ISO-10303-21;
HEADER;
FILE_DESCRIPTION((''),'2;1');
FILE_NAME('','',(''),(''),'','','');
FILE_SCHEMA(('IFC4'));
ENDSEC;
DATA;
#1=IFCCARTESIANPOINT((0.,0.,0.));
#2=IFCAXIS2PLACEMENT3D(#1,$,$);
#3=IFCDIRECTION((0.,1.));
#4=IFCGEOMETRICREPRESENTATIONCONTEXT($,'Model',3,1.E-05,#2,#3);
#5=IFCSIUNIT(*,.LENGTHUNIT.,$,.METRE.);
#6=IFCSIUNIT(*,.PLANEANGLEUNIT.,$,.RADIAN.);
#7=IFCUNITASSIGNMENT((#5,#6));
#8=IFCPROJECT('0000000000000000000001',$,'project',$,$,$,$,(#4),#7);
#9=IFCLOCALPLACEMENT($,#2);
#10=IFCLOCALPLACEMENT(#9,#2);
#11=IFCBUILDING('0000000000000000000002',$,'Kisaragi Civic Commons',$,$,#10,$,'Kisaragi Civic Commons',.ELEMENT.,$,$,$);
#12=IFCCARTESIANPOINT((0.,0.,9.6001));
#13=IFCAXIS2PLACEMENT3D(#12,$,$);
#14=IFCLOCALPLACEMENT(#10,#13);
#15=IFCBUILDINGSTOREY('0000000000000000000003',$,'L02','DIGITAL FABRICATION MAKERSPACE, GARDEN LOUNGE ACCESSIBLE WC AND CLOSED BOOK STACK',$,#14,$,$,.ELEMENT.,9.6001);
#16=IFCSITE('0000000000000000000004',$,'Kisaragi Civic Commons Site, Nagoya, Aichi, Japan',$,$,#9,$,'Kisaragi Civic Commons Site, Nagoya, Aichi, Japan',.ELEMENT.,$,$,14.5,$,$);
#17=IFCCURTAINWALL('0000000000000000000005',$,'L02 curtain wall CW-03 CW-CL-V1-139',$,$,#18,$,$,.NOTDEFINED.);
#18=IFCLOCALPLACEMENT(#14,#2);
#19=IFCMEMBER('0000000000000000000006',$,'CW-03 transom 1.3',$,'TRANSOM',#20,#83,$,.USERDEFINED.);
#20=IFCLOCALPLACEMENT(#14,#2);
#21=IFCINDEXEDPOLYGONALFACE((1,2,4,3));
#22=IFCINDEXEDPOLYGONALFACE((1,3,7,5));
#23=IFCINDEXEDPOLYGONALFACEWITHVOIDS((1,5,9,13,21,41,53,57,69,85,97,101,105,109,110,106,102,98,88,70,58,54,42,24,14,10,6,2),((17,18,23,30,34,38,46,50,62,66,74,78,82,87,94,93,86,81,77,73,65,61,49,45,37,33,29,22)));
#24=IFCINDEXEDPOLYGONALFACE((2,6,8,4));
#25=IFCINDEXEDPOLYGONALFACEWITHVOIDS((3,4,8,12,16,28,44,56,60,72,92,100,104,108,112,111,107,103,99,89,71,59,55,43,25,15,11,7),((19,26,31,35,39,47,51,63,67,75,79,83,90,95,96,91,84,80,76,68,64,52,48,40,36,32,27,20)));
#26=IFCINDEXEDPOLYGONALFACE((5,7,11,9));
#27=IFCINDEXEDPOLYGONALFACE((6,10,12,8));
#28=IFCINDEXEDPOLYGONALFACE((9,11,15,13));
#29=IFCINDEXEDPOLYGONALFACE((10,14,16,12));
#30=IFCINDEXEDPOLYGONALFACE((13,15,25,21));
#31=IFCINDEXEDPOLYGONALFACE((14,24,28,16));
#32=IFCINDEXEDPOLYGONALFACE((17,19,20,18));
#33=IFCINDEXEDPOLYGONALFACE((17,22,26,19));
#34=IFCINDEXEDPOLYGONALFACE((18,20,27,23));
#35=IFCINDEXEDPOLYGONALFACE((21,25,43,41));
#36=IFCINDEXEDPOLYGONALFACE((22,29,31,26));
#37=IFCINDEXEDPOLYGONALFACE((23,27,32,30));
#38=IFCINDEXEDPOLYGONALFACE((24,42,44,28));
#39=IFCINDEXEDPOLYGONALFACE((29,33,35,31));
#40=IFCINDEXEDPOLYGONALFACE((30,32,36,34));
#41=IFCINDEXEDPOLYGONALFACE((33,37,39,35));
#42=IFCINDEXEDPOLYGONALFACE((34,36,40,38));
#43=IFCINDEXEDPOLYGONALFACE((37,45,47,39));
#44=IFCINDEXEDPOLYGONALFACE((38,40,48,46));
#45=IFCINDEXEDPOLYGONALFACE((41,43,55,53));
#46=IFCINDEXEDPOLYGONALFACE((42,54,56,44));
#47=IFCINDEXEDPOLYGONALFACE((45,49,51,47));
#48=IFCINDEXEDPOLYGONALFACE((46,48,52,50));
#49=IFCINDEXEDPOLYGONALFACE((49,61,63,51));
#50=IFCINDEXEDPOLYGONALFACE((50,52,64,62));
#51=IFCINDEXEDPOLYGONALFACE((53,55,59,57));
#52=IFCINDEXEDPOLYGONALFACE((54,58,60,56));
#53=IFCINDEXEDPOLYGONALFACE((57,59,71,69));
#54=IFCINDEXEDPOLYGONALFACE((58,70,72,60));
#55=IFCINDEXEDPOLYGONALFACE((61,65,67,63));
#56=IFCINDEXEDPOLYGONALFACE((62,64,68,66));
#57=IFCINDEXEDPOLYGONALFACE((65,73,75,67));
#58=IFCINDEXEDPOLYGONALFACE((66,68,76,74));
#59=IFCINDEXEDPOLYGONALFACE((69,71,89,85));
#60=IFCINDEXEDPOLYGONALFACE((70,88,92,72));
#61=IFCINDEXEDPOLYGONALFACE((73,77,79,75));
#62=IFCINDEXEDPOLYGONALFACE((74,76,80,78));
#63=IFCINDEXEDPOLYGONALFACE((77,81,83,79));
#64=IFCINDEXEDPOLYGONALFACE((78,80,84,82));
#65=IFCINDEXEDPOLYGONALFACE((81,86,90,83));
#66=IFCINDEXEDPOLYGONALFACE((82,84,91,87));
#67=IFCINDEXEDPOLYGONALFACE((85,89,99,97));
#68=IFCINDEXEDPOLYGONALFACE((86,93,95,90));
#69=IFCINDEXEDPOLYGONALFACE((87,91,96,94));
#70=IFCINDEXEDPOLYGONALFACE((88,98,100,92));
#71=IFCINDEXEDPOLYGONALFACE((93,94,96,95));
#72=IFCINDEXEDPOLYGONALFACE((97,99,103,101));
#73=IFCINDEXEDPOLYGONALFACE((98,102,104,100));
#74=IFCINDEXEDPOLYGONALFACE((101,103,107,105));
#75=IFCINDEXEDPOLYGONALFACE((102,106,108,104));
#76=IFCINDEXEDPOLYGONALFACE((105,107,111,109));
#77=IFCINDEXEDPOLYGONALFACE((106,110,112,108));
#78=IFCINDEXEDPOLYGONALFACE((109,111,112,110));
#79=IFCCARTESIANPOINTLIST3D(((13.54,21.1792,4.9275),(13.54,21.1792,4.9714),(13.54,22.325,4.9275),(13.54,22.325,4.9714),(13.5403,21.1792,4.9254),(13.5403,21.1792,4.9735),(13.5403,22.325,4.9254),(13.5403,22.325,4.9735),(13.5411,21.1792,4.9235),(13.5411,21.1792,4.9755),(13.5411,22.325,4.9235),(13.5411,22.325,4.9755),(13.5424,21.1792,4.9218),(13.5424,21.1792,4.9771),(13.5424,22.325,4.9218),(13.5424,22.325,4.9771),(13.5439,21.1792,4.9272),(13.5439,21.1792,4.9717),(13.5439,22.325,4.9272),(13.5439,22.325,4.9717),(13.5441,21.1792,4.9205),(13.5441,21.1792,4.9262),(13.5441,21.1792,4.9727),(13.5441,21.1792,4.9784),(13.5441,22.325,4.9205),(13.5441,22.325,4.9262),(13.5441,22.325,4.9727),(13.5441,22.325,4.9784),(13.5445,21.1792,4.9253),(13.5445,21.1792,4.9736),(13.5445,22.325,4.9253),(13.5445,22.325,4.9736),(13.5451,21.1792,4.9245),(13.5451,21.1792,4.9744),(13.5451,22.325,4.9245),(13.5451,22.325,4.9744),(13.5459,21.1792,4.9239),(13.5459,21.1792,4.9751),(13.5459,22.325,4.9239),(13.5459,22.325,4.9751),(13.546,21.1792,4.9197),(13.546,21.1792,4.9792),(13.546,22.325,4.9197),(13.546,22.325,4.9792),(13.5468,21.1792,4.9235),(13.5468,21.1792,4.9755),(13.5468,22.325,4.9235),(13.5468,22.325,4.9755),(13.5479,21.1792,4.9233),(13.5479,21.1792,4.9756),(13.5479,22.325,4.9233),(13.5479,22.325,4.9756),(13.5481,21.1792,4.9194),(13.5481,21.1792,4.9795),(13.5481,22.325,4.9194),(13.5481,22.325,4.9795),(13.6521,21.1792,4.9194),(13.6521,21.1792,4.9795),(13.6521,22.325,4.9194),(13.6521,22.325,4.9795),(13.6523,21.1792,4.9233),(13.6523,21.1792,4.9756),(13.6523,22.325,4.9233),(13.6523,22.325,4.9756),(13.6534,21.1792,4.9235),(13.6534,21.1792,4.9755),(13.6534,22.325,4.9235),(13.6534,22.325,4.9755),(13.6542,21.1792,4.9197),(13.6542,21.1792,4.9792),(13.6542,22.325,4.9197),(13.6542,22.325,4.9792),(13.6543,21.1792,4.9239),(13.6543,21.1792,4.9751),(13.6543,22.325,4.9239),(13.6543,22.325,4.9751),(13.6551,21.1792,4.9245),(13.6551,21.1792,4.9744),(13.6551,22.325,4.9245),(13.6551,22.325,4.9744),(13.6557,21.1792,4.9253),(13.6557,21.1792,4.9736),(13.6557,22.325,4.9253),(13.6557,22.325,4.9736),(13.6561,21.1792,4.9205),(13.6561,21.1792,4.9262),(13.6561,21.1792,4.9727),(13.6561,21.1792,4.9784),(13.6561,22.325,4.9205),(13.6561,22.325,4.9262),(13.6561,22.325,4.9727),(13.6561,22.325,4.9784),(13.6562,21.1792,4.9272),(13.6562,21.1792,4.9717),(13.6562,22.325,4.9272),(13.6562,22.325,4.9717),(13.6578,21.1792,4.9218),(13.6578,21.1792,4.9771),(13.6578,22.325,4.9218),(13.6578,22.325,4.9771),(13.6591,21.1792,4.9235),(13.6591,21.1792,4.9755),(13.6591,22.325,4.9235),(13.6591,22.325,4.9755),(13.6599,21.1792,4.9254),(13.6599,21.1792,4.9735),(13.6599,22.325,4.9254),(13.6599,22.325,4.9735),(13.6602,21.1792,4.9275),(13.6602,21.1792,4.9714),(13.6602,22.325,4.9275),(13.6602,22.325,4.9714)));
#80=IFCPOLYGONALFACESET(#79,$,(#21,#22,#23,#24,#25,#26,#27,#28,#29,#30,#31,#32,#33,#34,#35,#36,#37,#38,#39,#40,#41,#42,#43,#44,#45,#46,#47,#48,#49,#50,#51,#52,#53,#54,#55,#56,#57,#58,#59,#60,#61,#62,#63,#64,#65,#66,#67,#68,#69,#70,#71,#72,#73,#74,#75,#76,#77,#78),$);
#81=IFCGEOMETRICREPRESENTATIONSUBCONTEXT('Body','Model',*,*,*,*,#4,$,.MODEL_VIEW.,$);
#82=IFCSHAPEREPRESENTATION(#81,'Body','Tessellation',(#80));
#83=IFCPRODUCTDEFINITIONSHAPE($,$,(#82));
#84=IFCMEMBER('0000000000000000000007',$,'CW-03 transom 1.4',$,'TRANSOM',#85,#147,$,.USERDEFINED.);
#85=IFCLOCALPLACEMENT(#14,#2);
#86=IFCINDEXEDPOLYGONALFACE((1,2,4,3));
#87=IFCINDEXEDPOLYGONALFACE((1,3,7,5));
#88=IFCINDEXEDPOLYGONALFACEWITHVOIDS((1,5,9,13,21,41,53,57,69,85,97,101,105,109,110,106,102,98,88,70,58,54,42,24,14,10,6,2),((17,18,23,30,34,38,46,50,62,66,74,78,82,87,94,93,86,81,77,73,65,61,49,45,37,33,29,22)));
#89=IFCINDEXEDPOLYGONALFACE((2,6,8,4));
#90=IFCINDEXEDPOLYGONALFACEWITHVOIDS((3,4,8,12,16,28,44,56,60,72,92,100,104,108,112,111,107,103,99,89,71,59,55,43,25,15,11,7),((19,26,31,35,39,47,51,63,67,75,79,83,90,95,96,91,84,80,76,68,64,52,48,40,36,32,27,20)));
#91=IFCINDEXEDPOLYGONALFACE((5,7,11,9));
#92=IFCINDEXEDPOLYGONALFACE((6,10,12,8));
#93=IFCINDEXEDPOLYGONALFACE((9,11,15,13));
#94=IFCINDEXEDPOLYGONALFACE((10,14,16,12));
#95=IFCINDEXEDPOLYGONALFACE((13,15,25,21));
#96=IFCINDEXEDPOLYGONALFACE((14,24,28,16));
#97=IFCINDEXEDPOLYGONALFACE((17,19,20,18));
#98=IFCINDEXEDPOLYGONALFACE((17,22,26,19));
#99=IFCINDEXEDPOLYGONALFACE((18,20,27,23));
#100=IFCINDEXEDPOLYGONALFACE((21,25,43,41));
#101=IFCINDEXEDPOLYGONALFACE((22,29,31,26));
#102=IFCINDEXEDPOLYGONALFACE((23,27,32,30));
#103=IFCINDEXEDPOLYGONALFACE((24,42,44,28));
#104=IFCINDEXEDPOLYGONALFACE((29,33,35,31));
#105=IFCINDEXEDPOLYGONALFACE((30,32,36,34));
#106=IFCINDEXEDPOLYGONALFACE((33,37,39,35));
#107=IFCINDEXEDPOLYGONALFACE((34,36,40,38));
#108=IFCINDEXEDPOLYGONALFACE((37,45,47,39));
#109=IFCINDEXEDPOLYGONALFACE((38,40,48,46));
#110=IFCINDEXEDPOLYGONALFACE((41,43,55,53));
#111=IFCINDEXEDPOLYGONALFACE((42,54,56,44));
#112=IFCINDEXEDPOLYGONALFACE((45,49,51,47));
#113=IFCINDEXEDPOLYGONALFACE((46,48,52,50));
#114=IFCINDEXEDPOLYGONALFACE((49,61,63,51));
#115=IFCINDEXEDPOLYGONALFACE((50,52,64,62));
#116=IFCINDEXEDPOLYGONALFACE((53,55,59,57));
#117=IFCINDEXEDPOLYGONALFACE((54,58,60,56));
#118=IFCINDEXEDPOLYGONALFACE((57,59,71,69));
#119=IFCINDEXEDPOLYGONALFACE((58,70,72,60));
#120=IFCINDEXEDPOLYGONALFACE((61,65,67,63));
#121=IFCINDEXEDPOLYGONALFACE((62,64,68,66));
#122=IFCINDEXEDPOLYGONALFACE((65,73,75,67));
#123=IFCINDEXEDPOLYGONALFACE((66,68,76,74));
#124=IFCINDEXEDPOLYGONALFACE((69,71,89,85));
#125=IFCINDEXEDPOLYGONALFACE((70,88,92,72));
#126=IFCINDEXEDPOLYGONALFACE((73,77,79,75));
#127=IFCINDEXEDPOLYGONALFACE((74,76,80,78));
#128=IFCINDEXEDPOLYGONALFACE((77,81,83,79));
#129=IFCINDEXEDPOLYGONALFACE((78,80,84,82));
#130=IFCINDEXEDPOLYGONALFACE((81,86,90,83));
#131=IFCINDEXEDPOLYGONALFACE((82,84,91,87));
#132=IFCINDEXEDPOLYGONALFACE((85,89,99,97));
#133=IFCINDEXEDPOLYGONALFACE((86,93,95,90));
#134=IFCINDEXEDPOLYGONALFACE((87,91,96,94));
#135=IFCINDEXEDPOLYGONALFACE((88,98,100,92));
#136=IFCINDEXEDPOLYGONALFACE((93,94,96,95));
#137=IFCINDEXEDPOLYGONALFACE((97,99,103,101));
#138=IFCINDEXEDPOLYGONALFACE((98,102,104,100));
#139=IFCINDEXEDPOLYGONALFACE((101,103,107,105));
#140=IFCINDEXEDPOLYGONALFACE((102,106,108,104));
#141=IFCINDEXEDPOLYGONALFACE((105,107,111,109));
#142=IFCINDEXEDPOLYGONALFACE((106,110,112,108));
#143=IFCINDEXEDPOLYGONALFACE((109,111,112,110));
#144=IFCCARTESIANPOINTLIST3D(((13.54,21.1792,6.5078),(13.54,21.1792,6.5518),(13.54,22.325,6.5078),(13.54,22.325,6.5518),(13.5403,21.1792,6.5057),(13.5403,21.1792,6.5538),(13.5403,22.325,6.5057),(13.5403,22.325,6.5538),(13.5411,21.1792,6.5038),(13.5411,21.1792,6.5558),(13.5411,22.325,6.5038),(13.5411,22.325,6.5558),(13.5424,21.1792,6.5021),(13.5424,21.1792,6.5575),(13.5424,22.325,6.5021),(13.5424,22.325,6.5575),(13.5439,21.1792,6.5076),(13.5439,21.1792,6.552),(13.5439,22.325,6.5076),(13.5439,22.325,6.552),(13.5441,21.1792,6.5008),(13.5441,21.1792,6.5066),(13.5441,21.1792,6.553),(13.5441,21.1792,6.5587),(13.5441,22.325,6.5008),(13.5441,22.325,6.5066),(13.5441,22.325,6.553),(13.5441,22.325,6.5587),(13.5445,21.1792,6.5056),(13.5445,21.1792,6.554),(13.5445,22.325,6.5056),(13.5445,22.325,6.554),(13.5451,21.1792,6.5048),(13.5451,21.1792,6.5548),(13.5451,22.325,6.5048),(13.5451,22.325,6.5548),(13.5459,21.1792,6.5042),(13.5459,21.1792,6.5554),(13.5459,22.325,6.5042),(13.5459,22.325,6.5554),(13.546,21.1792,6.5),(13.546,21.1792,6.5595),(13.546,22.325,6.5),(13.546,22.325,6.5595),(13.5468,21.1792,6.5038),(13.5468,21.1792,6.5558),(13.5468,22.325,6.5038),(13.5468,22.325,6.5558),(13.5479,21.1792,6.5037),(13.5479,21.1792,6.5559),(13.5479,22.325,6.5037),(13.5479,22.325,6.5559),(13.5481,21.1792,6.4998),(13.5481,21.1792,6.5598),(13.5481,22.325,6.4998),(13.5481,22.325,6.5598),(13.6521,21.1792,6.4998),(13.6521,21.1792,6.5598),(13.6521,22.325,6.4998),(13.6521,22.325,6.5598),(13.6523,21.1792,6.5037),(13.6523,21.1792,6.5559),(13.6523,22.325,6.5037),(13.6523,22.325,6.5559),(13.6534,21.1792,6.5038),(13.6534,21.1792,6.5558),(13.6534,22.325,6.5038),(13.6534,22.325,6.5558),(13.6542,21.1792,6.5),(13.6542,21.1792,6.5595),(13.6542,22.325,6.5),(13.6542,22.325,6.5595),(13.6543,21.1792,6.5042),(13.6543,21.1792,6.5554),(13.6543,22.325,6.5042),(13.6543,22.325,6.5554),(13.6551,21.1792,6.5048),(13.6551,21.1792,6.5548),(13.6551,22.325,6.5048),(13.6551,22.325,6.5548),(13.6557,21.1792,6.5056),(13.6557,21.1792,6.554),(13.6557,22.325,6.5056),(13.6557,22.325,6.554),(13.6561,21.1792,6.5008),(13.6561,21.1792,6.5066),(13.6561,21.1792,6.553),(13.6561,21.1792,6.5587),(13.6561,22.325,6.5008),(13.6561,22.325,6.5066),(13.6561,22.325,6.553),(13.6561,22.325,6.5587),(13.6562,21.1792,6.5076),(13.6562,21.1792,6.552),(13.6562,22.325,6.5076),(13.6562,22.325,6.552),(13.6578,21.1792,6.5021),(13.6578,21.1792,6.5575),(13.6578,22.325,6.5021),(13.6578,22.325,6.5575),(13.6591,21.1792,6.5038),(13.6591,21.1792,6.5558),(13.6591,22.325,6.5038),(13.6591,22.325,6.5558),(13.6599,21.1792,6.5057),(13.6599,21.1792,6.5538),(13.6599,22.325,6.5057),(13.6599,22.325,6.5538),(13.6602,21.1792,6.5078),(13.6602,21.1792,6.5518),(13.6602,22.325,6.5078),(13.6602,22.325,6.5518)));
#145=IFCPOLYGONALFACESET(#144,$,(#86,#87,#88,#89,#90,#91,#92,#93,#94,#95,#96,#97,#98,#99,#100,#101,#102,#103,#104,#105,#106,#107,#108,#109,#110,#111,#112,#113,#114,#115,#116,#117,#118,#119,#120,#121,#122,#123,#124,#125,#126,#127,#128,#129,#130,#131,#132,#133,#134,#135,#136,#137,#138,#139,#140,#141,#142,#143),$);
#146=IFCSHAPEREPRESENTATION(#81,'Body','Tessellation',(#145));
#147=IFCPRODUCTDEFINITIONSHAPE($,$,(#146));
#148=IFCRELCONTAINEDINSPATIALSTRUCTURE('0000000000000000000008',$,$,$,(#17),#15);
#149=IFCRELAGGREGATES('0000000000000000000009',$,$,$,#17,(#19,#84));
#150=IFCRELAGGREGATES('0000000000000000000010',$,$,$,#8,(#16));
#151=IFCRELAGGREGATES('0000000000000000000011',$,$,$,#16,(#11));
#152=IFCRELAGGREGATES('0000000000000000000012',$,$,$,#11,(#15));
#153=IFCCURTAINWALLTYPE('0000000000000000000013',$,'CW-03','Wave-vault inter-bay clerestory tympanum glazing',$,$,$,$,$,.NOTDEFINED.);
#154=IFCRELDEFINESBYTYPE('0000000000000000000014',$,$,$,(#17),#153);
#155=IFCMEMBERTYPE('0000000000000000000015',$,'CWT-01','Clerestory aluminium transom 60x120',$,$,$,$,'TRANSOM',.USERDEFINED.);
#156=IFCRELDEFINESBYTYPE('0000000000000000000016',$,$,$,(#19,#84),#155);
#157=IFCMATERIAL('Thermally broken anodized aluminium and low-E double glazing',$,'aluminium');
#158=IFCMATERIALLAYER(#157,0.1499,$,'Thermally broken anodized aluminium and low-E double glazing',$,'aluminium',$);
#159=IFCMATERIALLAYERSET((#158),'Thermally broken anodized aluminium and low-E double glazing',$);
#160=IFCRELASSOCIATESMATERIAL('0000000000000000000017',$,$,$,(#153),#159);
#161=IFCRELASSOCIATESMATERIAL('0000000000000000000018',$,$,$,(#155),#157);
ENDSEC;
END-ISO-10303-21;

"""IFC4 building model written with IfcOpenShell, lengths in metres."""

from ifc_helpers import new_model, si_unit, direction, frame, origin, origin_2d, place, context, subcontext, project, spatial, hollow_rectangle, extrude, material, layer, layer_set, material_profile, profile_set, type_object, element, aggregate, save


model = new_model("IFC4")

# Units and contexts
model_context = context("Model", 3, precision=1e-05, world=origin(), true_north=direction((0.0, 1.0)))
body_context = subcontext(model_context, "Body", "Model", "MODEL_VIEW")
ifc_project = project(units=[si_unit("LENGTHUNIT", "METRE"), si_unit("PLANEANGLEUNIT", "RADIAN")], contexts=[model_context])

# Site, building, storey
site_placement = place(None, origin())
site = spatial("IfcSite", under=ifc_project, at=site_placement, Name="Kisaragi Civic Commons Site, Nagoya, Aichi, Japan", LongName="Kisaragi Civic Commons Site, Nagoya, Aichi, Japan", CompositionType="ELEMENT", RefElevation=14.5)
building_placement = place(site_placement, origin())
building = spatial("IfcBuilding", under=site, at=building_placement, Name="Kisaragi Civic Commons", LongName="Kisaragi Civic Commons", CompositionType="ELEMENT")
storey_placement = place(building_placement, frame((0.0, 0.0, 9.6001)))
storey = spatial("IfcBuildingStorey", under=building, at=storey_placement, Name="L02", Description="DIGITAL FABRICATION MAKERSPACE, GARDEN LOUNGE ACCESSIBLE WC AND CLOSED BOOK STACK", CompositionType="ELEMENT", Elevation=9.6001)

# Curtain wall
ifc_material_1 = material(Name="Thermally broken anodized aluminium and low-E double glazing", Category="aluminium")
ifc_layer_1 = layer(ifc_material_1, 0.1499, Name="Thermally broken anodized aluminium and low-E double glazing", Category="aluminium")
ifc_layer_set_1 = layer_set([ifc_layer_1], Name="Thermally broken anodized aluminium and low-E double glazing")
curtain_wall_type = type_object("IfcCurtainWallType", Name="CW-03", Description="Wave-vault inter-bay clerestory tympanum glazing", PredefinedType="NOTDEFINED", material=ifc_layer_set_1)
curtain_wall_1_placement = place(storey_placement, origin())
curtain_wall_1 = element("IfcCurtainWall", 1, at=curtain_wall_1_placement, inside=storey, type_object=curtain_wall_type, Name="L02 curtain wall CW-03 CW-CL-V1-139", PredefinedType="NOTDEFINED")

# Members
ifc_material_profile_1 = material_profile(ifc_material_1, hollow_rectangle(XDim=0.1201, YDim=0.0601, WallThickness=0.0039, InnerFilletRadius=0.0039, OuterFilletRadius=0.0081, at=origin_2d()), Name="CWT-60x120x4", Category="aluminium")
ifc_profile_set_1 = profile_set([ifc_material_profile_1], Name="Thermally broken anodized aluminium and low-E double glazing")
member_type_1 = type_object("IfcMemberType", Name="CWT-01", Description="Clerestory aluminium transom 60x120", ElementType="TRANSOM", PredefinedType="USERDEFINED", material=ifc_profile_set_1)
member_1_placement = place(storey_placement, frame((13.6001, 21.1792, 4.9495), z_axis=(0.0, 1.0, 0.0), x_axis=(-1.0, 0.0, 0.0)))
member_1 = element("IfcMember", 2, at=member_1_placement, type_object=member_type_1, Name="CW-03 transom 1.3", ObjectType="TRANSOM", PredefinedType="USERDEFINED", context=body_context, shape_type="SweptSolid", body=[
    extrude(hollow_rectangle(XDim=0.1201, YDim=0.0601, WallThickness=0.0039, InnerFilletRadius=0.0039, OuterFilletRadius=0.0081, at=origin_2d()), origin(), (0.0, 0.0, 1.0), 1.1458),
])
member_2_placement = place(storey_placement, frame((13.6001, 21.1792, 6.5298), z_axis=(0.0, 1.0, 0.0), x_axis=(-1.0, 0.0, 0.0)))
member_2 = element("IfcMember", 3, at=member_2_placement, type_object=member_type_1, Name="CW-03 transom 1.4", ObjectType="TRANSOM", PredefinedType="USERDEFINED", context=body_context, shape_type="SweptSolid", body=[
    extrude(hollow_rectangle(XDim=0.1201, YDim=0.0601, WallThickness=0.0039, InnerFilletRadius=0.0039, OuterFilletRadius=0.0081, at=origin_2d()), origin(), (0.0, 0.0, 1.0), 1.1458),
])

aggregate(curtain_wall_1, [member_1, member_2])

save(model, "model.ifc")
